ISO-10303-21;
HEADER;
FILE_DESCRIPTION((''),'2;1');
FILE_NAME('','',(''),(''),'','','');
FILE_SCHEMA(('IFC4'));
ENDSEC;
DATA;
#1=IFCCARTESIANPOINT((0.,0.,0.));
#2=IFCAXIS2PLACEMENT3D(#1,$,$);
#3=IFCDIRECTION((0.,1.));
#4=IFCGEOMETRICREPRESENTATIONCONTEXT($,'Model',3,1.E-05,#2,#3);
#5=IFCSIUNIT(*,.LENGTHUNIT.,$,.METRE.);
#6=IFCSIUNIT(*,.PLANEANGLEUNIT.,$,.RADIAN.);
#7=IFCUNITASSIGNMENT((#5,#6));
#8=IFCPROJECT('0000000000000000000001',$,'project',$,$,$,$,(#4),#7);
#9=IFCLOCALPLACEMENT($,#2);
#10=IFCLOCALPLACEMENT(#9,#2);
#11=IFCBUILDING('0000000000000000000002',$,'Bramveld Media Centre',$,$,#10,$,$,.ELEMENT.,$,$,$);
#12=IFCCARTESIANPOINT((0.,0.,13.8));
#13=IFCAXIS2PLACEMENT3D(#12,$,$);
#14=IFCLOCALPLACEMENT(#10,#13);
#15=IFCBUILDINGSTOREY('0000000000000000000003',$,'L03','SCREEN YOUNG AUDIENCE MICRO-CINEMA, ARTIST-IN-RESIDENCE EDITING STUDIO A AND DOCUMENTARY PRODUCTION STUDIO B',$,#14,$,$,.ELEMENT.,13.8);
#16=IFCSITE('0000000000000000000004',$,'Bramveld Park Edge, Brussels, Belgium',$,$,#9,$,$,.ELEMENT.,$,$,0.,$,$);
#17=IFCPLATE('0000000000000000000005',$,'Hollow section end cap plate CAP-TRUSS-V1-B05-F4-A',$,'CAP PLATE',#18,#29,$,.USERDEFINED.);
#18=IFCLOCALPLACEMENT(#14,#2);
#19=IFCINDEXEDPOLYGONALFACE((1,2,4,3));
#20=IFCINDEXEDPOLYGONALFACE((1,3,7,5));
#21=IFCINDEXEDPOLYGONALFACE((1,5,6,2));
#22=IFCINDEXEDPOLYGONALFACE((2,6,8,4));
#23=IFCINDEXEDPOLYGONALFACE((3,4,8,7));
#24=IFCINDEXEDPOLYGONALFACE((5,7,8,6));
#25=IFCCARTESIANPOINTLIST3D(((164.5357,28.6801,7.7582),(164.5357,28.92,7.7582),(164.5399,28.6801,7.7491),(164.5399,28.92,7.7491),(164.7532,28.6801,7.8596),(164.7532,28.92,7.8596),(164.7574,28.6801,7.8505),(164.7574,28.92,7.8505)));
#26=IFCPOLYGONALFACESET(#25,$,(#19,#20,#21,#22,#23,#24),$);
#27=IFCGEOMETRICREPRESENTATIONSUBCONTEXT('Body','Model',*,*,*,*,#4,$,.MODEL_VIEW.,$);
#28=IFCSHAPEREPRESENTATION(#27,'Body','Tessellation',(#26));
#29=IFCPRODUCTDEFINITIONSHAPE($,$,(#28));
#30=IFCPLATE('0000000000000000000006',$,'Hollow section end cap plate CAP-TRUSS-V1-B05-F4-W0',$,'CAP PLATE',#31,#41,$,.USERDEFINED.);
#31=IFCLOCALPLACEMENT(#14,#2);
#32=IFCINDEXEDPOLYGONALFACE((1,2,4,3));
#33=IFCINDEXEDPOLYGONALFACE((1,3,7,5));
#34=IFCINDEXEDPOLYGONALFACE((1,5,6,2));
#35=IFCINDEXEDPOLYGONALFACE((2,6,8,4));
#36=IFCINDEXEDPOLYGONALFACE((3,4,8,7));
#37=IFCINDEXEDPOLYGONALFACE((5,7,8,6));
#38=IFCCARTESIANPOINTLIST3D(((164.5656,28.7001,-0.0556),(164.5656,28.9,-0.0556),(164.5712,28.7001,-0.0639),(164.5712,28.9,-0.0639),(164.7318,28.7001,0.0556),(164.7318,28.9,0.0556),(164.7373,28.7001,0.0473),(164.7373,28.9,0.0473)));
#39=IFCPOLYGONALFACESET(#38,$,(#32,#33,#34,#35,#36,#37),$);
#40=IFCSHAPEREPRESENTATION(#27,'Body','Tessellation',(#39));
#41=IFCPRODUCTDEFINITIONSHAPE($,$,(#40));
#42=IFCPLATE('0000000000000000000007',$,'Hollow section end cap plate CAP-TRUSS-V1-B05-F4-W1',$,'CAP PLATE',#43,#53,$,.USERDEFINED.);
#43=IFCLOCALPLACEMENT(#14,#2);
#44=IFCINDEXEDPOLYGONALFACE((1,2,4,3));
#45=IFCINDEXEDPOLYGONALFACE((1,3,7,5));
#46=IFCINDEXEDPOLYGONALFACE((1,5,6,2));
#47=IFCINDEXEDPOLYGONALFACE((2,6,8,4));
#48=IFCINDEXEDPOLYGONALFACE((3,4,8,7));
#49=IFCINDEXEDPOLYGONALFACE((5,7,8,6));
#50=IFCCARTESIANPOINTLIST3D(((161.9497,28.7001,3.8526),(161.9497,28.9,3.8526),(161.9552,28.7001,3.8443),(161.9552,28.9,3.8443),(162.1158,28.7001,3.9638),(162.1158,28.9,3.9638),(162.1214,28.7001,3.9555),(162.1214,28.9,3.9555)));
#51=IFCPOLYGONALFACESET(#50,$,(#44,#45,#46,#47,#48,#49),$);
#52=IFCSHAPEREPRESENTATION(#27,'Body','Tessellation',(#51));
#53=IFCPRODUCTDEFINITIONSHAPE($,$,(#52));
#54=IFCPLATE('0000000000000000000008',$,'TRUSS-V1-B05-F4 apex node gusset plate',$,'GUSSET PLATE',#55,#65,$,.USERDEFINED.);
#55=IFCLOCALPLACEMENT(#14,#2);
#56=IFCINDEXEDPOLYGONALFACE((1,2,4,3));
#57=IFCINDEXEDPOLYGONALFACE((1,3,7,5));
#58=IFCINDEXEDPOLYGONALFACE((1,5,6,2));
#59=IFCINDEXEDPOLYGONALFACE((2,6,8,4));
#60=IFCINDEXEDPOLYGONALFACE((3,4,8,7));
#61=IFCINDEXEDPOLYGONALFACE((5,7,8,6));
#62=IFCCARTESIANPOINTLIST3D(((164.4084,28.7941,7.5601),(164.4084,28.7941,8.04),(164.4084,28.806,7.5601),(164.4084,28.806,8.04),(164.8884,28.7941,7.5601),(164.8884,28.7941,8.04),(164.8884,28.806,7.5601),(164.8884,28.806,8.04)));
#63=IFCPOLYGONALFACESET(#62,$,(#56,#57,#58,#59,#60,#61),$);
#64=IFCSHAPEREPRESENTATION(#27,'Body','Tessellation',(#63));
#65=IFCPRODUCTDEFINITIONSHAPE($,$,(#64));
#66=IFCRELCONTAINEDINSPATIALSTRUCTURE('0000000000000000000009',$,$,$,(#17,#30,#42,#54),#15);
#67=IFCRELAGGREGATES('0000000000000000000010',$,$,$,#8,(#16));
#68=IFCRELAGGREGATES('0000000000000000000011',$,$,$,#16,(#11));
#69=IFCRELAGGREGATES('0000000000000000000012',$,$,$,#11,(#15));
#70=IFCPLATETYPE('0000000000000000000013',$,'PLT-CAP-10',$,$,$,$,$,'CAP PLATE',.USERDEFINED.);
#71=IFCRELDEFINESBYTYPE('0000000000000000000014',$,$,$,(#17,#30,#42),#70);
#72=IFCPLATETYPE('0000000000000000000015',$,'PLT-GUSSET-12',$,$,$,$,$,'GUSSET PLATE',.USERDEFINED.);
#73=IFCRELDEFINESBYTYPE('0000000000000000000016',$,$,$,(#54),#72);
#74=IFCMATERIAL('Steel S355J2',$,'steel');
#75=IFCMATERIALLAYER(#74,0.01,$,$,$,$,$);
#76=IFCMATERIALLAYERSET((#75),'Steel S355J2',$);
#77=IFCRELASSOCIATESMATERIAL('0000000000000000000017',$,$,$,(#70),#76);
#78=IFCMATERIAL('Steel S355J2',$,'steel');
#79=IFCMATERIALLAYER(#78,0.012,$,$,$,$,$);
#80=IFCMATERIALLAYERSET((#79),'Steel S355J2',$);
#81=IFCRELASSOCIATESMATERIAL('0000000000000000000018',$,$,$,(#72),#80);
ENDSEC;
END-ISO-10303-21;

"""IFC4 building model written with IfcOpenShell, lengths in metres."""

from ifc_helpers import new_model, si_unit, direction, frame, origin, origin_2d, place, context, subcontext, project, spatial, rectangle, extrude, material, layer, layer_set, type_object, element, save


model = new_model("IFC4")

# Units and contexts
model_context = context("Model", 3, precision=1e-05, world=origin(), true_north=direction((0.0, 1.0)))
body_context = subcontext(model_context, "Body", "Model", "MODEL_VIEW")
ifc_project = project(units=[si_unit("LENGTHUNIT", "METRE"), si_unit("PLANEANGLEUNIT", "RADIAN")], contexts=[model_context])

# Site, building, storey
site_placement = place(None, origin())
site = spatial("IfcSite", under=ifc_project, at=site_placement, Name="Bramveld Park Edge, Brussels, Belgium", CompositionType="ELEMENT", RefElevation=0.0)
building_placement = place(site_placement, origin())
building = spatial("IfcBuilding", under=site, at=building_placement, Name="Bramveld Media Centre", CompositionType="ELEMENT")
storey_placement = place(building_placement, frame((0.0, 0.0, 13.8)))
storey = spatial("IfcBuildingStorey", under=building, at=storey_placement, Name="L03", Description="SCREEN YOUNG AUDIENCE MICRO-CINEMA, ARTIST-IN-RESIDENCE EDITING STUDIO A AND DOCUMENTARY PRODUCTION STUDIO B", CompositionType="ELEMENT", Elevation=13.8)

# Plates
ifc_material_1 = material(Name="Steel S355J2", Category="steel")
ifc_layer_1 = layer(ifc_material_1, 0.01)
ifc_layer_set_1 = layer_set([ifc_layer_1], Name="Steel S355J2")
plate_type_1 = type_object("IfcPlateType", Name="PLT-CAP-10", ElementType="CAP PLATE", PredefinedType="USERDEFINED", material=ifc_layer_set_1)
for number, where, z_axis, x_axis, name in (
    (1, (164.6487, 28.8, 7.7998), (-0.422618, 0.0, 0.906308), (0.0, -1.0, 0.0), "Hollow section end cap plate CAP-TRUSS-V1-B05-F4-A"),
):
    element("IfcPlate", number, at=place(storey_placement, frame(where, z_axis=z_axis, x_axis=x_axis)), inside=storey, type_object=plate_type_1, Name=name, ObjectType="CAP PLATE", PredefinedType="USERDEFINED", context=body_context, shape_type="SweptSolid", body=[
        extrude(rectangle(XDim=0.24, YDim=0.24, at=origin_2d()), origin(), (0.0, 0.0, 1.0), 0.01),
    ])
for number, where, z_axis, x_axis, name in (
    (2, (164.6487, 28.8, 0.0), (0.556175, 0.0, -0.831065), (0.0, 1.0, 0.0), "Hollow section end cap plate CAP-TRUSS-V1-B05-F4-W0"),
    (3, (162.0383, 28.8, 3.8999), (-0.556175, 0.0, 0.831065), (0.0, -1.0, 0.0), "Hollow section end cap plate CAP-TRUSS-V1-B05-F4-W1"),
):
    element("IfcPlate", number, at=place(storey_placement, frame(where, z_axis=z_axis, x_axis=x_axis)), inside=storey, type_object=plate_type_1, Name=name, ObjectType="CAP PLATE", PredefinedType="USERDEFINED", context=body_context, shape_type="SweptSolid", body=[
        extrude(rectangle(XDim=0.2, YDim=0.2, at=origin_2d()), origin(), (0.0, 0.0, 1.0), 0.01),
    ])
ifc_material_2 = material(Name="Steel S355J2", Category="steel")
ifc_layer_2 = layer(ifc_material_2, 0.012)
ifc_layer_set_2 = layer_set([ifc_layer_2], Name="Steel S355J2")
plate_type_2 = type_object("IfcPlateType", Name="PLT-GUSSET-12", ElementType="GUSSET PLATE", PredefinedType="USERDEFINED", material=ifc_layer_set_2)
plate_1_placement = place(storey_placement, frame((164.6484, 28.8, 7.5601), z_axis=(0.0, 0.0, 1.0), x_axis=(1.0, 0.0, 0.0)))
element("IfcPlate", 4, at=plate_1_placement, inside=storey, type_object=plate_type_2, Name="TRUSS-V1-B05-F4 apex node gusset plate", ObjectType="GUSSET PLATE", PredefinedType="USERDEFINED", context=body_context, shape_type="SweptSolid", body=[
    extrude(rectangle(XDim=0.48, YDim=0.012, at=origin_2d()), origin(), (0.0, 0.0, 1.0), 0.48),
])

save(model, "model.ifc")
